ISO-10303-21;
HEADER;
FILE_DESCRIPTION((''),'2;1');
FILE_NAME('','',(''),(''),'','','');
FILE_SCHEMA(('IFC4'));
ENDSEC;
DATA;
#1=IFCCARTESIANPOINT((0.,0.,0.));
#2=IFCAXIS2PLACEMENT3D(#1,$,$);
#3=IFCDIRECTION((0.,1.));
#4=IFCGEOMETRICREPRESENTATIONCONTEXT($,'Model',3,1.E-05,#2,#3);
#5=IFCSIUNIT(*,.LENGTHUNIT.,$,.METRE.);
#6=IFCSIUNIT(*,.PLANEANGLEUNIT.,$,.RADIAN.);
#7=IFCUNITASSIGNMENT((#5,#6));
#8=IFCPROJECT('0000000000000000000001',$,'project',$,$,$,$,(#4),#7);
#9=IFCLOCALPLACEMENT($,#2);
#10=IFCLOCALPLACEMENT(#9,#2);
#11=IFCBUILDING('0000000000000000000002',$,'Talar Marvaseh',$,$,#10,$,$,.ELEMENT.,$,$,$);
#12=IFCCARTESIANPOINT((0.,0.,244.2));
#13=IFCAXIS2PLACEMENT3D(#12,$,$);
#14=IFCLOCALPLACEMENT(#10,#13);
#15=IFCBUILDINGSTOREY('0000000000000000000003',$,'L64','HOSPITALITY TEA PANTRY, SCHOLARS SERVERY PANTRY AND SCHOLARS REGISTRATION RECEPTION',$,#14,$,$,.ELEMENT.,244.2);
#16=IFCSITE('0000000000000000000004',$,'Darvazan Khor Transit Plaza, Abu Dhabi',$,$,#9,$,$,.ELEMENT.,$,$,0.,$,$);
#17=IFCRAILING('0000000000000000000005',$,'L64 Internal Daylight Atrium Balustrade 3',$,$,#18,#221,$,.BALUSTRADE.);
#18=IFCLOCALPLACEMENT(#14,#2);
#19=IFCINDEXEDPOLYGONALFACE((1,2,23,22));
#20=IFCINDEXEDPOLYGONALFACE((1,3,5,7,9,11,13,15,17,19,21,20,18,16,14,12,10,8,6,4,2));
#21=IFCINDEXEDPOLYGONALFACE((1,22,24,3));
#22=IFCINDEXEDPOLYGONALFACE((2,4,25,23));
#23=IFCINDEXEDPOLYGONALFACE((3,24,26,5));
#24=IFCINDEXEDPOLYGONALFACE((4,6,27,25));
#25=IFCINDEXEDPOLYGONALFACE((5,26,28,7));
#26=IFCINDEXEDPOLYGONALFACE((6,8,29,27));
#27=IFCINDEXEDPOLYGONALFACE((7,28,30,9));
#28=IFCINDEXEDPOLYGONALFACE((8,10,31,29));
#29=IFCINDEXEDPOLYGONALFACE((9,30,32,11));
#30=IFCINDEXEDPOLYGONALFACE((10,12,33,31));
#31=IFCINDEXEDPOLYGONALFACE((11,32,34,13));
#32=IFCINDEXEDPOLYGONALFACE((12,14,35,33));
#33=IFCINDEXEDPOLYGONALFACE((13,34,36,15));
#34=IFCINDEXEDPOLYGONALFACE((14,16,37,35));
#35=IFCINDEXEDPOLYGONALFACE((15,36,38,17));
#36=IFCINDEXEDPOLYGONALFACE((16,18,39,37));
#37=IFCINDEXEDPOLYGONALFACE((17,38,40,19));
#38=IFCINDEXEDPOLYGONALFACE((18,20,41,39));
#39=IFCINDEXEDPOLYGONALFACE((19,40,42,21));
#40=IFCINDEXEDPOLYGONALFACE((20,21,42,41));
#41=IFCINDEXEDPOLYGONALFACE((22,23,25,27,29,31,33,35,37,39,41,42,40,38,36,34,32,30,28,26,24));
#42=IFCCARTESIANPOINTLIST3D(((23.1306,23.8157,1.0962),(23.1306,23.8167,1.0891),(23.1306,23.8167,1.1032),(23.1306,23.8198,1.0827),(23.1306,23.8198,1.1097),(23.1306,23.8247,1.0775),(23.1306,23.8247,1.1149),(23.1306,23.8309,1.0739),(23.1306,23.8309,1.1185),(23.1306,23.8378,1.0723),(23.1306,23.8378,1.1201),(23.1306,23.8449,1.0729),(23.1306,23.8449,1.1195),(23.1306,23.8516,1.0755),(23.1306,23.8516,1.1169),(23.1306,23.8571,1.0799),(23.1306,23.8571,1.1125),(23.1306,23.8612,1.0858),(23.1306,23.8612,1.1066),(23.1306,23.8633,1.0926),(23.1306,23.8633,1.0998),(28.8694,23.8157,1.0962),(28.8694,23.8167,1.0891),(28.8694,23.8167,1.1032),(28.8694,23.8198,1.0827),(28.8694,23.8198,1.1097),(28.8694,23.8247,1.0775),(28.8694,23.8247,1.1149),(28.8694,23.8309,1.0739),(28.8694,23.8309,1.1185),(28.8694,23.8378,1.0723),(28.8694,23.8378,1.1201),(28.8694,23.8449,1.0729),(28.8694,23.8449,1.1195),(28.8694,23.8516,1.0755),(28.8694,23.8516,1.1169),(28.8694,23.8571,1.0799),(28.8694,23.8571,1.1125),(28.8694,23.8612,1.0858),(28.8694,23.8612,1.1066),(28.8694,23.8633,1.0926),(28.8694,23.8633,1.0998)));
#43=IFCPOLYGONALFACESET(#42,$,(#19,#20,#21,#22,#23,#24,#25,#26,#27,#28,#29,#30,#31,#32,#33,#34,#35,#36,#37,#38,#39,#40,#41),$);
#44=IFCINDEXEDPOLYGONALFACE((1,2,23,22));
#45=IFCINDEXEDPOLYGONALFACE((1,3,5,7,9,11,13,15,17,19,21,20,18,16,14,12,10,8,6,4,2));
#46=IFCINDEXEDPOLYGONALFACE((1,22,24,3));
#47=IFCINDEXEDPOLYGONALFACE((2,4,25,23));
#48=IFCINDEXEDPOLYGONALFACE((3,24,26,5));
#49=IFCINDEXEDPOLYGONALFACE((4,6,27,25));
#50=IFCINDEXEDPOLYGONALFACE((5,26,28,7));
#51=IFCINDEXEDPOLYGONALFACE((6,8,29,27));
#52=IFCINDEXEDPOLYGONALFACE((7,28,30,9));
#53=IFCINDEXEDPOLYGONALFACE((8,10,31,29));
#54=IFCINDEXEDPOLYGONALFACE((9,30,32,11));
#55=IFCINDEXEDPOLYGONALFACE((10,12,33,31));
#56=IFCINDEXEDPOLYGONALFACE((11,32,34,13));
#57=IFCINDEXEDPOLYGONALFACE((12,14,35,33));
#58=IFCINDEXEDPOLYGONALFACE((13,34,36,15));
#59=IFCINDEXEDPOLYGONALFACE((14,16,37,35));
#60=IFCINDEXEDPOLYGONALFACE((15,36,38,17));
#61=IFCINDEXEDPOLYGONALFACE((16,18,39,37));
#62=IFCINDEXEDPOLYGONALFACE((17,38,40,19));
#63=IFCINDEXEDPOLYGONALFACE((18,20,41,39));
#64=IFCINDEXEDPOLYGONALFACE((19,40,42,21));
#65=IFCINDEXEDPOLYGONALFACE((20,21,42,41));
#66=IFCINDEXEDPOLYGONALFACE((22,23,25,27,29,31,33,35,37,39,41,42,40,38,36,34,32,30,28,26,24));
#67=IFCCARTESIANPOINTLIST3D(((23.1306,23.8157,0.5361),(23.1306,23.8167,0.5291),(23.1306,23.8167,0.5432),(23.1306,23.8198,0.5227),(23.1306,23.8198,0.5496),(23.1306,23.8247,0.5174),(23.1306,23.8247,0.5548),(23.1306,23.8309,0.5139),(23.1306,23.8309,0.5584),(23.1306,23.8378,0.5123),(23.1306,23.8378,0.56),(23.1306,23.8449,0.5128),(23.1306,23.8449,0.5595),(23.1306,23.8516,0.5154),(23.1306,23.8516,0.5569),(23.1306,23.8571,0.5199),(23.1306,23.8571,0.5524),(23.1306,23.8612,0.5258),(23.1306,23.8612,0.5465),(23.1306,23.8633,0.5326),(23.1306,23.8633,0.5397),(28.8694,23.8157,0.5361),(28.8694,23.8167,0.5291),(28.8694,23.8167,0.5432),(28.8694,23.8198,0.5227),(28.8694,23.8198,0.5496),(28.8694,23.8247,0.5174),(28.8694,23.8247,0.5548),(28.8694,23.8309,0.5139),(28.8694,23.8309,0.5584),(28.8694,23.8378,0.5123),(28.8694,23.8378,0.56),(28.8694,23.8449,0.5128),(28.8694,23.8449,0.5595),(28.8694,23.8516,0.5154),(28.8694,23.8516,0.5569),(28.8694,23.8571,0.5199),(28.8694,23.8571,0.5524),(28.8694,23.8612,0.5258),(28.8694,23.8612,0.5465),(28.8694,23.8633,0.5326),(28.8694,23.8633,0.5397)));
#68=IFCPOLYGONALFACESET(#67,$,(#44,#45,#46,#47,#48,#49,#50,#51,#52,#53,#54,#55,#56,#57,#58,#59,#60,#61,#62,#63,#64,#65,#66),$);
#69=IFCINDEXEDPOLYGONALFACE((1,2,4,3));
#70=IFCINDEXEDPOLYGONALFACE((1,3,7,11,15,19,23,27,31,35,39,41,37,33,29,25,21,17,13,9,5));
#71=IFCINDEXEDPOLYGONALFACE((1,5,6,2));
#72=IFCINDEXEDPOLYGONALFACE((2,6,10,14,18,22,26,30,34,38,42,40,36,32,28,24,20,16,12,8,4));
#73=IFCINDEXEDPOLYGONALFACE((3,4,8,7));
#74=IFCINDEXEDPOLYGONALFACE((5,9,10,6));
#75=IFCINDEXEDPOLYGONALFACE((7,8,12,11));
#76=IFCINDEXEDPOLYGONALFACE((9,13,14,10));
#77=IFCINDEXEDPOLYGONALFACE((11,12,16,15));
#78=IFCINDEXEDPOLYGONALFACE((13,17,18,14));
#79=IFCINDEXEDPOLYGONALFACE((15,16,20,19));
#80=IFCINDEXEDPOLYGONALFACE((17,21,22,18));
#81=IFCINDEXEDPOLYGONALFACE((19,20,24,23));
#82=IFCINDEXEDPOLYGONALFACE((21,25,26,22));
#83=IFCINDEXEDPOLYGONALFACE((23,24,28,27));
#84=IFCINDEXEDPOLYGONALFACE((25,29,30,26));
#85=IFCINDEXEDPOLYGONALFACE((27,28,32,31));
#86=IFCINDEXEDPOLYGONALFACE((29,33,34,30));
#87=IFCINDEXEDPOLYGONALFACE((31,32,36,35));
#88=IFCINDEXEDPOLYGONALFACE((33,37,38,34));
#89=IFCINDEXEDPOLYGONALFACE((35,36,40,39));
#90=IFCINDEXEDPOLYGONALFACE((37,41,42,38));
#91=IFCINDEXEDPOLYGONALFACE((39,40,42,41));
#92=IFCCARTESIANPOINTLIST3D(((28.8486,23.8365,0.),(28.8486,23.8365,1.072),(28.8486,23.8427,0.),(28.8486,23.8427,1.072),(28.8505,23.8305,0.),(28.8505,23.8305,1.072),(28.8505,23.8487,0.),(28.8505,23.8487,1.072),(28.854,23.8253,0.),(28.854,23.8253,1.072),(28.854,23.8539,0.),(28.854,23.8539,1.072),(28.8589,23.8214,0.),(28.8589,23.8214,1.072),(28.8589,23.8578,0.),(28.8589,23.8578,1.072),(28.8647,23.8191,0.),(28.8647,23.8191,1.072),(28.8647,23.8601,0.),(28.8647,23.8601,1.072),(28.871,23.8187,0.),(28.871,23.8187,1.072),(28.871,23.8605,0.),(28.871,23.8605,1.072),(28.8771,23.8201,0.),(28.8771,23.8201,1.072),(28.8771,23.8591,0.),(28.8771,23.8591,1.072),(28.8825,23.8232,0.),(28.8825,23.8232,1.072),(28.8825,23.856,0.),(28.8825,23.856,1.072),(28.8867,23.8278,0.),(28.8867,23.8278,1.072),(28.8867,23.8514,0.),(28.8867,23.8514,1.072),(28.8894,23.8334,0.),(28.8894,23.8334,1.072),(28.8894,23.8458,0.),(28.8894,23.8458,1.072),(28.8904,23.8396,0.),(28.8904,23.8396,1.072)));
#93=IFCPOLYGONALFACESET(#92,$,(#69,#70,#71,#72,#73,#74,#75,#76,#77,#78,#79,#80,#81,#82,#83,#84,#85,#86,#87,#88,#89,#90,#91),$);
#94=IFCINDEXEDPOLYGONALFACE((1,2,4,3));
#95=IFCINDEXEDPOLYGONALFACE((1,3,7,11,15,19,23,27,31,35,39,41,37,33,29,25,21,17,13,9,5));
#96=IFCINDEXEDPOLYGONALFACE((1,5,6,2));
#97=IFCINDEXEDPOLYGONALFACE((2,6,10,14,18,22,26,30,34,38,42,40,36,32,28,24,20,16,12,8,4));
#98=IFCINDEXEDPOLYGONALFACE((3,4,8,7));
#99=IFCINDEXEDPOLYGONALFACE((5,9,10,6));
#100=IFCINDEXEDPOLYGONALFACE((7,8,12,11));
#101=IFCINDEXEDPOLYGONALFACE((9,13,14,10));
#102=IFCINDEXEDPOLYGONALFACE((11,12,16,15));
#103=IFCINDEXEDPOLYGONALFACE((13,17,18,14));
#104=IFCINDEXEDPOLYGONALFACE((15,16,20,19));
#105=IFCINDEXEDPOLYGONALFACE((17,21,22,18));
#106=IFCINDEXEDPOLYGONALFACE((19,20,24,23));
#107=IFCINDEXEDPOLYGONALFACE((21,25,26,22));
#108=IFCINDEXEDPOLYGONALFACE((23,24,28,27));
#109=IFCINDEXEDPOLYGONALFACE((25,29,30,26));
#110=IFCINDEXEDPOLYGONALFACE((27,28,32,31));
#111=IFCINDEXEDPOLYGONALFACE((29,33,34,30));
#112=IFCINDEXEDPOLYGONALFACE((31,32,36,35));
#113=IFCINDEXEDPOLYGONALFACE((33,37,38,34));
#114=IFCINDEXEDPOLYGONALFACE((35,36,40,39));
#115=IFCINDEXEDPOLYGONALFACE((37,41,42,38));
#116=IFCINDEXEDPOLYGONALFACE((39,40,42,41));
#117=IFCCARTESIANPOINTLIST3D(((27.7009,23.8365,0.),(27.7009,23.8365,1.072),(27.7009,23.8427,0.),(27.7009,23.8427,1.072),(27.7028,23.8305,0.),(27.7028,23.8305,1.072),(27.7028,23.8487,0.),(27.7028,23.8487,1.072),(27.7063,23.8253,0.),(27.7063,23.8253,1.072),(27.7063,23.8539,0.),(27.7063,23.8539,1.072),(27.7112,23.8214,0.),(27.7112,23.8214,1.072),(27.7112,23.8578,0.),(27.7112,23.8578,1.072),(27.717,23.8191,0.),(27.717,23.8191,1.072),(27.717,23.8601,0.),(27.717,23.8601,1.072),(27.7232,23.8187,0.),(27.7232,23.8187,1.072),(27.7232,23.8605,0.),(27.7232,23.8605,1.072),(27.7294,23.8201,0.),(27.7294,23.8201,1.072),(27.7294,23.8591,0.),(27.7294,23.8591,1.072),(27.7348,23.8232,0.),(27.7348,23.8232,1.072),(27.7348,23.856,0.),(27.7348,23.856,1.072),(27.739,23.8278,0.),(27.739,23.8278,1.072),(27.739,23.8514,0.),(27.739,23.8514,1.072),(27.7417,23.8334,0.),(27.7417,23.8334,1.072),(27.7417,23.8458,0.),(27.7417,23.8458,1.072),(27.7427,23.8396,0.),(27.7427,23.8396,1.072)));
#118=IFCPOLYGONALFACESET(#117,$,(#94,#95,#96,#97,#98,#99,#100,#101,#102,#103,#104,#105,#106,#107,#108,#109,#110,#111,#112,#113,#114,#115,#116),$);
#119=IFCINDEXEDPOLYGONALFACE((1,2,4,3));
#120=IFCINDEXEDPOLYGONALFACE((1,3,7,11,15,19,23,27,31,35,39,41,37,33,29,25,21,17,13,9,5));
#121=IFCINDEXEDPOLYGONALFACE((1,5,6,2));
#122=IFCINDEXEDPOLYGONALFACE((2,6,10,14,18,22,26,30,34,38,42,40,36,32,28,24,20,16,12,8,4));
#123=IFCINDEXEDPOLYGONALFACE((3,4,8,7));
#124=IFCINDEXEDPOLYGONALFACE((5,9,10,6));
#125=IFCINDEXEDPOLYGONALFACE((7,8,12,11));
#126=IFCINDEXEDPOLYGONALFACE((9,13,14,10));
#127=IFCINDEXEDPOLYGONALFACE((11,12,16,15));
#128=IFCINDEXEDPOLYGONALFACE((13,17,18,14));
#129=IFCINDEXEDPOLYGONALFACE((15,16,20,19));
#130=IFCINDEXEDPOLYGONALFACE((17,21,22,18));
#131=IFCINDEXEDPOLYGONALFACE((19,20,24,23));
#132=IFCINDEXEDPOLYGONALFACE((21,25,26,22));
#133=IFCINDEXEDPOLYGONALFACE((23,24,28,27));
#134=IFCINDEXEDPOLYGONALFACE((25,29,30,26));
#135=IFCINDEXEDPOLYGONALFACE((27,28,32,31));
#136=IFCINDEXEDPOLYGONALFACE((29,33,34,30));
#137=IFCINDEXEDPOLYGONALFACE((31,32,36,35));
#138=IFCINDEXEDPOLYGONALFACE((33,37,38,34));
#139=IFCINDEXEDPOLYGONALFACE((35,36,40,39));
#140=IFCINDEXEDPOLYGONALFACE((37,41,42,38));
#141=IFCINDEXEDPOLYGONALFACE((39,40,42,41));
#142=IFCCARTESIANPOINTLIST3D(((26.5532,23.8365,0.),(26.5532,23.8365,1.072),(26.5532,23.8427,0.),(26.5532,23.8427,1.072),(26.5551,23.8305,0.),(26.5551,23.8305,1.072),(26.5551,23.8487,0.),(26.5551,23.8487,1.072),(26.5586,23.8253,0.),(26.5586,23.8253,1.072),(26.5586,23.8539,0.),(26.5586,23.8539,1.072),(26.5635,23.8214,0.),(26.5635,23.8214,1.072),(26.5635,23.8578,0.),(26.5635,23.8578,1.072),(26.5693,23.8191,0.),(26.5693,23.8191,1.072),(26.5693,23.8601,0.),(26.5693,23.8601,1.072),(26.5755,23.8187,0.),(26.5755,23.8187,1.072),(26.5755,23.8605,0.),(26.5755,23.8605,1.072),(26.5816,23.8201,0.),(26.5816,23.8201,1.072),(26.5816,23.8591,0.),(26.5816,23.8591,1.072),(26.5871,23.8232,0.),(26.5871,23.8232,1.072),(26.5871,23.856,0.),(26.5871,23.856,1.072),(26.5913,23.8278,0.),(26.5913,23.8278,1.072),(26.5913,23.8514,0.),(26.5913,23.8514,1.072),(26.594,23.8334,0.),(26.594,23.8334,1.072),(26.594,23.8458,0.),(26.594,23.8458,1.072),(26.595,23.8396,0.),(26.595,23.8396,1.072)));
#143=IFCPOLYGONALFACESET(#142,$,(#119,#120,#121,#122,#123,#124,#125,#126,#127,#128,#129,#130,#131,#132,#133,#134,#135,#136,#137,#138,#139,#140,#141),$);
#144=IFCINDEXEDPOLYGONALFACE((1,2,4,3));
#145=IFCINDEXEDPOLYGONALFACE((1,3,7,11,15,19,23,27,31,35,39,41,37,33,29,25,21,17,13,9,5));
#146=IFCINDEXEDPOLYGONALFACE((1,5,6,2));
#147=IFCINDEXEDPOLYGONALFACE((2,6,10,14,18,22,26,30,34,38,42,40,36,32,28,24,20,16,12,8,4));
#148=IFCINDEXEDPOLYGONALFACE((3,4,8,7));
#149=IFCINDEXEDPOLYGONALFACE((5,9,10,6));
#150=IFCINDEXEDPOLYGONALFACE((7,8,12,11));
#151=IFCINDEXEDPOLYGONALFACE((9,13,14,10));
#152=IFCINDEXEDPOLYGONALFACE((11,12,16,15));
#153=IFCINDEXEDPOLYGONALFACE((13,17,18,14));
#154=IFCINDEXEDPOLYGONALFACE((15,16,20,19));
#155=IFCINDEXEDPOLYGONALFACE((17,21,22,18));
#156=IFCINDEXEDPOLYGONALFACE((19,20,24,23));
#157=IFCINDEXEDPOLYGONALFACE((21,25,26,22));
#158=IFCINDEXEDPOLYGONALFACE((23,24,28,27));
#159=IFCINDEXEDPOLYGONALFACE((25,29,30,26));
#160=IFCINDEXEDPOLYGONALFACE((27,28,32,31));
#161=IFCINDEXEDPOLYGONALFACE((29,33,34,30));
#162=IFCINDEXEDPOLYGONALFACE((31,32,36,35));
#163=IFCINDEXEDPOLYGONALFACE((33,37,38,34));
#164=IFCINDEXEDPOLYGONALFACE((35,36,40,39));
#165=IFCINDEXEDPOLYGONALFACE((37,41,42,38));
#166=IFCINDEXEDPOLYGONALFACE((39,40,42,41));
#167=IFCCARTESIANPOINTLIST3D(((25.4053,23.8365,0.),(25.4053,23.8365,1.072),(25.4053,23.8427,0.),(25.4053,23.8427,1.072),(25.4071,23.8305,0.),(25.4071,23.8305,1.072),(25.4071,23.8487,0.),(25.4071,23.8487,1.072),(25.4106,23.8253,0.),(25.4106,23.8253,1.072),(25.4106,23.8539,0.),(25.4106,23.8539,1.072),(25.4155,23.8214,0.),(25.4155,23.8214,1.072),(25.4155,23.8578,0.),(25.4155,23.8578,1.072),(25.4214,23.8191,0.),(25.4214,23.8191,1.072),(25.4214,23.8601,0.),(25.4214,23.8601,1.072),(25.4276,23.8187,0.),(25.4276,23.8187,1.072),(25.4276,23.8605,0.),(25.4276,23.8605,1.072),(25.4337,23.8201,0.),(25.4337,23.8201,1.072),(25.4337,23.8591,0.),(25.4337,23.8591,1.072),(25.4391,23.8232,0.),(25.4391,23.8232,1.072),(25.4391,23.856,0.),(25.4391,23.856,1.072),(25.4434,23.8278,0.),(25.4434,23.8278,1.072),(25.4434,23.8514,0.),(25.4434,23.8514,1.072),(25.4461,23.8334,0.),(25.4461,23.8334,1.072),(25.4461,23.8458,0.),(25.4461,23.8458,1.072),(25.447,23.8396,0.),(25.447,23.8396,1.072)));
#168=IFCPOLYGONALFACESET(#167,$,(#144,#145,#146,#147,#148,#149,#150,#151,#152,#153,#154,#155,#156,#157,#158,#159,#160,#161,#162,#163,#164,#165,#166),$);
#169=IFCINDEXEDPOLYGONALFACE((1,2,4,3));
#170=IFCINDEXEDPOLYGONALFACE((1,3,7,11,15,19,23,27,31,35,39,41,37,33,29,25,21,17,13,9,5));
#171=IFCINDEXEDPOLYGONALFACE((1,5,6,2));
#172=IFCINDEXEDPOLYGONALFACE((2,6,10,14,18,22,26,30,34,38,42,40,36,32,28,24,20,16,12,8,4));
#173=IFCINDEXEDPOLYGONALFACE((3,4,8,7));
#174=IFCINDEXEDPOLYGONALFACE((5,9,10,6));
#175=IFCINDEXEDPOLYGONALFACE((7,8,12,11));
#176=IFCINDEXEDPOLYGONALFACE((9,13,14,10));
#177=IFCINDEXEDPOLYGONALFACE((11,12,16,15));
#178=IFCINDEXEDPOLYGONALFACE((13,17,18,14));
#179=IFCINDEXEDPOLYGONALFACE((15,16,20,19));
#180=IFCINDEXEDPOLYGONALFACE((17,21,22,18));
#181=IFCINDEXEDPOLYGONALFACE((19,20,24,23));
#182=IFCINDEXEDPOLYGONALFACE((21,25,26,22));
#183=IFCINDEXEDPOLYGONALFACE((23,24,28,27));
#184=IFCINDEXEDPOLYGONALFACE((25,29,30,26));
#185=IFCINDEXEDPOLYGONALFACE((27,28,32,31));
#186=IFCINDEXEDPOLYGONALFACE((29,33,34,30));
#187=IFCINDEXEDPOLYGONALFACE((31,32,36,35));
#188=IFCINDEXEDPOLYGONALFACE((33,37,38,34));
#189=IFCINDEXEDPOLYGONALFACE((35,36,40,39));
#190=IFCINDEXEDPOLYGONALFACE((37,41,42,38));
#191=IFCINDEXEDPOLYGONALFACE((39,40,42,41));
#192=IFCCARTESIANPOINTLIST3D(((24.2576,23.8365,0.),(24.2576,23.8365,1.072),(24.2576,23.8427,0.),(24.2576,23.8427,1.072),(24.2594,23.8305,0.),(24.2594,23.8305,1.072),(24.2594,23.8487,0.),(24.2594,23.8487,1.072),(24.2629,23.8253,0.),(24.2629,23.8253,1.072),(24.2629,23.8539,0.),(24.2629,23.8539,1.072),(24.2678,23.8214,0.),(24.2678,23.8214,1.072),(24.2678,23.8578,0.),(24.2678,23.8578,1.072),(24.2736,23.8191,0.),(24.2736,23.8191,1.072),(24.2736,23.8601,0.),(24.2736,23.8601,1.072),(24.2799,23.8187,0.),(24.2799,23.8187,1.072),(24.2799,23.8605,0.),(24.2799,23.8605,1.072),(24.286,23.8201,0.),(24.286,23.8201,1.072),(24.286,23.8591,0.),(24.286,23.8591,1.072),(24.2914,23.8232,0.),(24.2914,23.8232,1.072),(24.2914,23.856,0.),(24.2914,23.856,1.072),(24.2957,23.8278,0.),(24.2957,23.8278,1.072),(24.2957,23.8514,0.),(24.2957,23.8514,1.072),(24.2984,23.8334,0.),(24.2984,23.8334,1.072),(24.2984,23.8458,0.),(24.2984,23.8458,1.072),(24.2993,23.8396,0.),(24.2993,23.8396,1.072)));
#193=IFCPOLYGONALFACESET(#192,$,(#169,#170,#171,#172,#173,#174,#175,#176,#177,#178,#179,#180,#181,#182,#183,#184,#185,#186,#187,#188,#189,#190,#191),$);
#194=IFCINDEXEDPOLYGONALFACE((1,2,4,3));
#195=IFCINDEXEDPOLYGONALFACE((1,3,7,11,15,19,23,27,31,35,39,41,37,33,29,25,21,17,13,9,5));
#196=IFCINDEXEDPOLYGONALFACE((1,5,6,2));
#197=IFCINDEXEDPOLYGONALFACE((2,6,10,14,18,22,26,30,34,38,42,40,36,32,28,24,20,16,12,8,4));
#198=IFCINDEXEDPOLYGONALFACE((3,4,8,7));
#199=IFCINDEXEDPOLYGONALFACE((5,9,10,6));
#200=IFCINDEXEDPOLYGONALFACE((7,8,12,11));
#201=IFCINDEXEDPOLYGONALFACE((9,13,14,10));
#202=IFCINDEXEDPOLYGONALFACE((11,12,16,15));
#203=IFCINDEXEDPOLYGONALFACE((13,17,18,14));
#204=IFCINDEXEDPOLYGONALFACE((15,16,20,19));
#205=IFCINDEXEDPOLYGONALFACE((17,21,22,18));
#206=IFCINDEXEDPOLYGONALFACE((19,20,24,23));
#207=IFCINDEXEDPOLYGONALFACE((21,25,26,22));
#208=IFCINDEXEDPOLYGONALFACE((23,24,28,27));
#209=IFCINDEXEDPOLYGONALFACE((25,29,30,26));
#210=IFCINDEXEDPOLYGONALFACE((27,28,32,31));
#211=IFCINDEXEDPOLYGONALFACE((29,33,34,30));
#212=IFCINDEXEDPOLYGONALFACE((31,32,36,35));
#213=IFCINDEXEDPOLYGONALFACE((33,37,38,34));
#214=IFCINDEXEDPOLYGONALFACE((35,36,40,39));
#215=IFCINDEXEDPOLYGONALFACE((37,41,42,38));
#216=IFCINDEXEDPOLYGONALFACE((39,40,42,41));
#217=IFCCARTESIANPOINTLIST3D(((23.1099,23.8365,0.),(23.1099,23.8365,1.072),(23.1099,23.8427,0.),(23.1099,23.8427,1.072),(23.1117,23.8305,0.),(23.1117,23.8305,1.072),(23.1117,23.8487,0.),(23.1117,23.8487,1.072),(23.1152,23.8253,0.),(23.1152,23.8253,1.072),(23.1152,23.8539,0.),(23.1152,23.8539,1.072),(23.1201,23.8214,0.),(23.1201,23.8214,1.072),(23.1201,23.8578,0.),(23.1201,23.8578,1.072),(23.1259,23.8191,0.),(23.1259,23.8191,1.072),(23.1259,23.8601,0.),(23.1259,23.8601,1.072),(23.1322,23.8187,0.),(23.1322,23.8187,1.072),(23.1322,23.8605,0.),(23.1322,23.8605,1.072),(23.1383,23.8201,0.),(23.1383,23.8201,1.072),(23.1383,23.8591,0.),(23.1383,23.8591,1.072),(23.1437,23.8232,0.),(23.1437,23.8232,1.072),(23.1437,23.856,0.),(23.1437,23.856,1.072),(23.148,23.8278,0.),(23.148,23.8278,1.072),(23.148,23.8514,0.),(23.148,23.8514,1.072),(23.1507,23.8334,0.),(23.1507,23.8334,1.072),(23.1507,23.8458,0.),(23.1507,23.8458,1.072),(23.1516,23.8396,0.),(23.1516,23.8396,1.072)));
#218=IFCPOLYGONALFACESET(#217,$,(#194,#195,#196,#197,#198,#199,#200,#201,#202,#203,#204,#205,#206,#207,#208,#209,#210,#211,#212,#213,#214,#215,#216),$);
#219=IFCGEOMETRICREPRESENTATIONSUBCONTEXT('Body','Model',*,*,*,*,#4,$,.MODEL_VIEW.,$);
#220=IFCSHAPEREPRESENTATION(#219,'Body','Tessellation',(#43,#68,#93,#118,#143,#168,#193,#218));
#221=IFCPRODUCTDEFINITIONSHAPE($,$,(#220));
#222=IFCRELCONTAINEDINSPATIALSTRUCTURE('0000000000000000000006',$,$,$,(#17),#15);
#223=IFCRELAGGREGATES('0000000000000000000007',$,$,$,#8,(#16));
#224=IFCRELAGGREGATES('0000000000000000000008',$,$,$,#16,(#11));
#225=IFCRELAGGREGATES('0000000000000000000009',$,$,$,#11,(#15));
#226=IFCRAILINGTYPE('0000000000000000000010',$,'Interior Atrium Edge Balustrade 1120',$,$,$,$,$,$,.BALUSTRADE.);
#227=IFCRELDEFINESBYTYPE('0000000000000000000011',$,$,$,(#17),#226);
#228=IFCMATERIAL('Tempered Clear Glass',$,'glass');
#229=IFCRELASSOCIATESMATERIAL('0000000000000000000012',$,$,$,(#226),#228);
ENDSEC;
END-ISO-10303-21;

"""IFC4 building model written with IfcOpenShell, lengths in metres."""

from ifc_helpers import new_model, si_unit, direction, frame, origin, origin_2d, place, context, subcontext, project, spatial, circle, extrude, material, type_object, element, save


model = new_model("IFC4")

# Units and contexts
model_context = context("Model", 3, precision=1e-05, world=origin(), true_north=direction((0.0, 1.0)))
body_context = subcontext(model_context, "Body", "Model", "MODEL_VIEW")
ifc_project = project(units=[si_unit("LENGTHUNIT", "METRE"), si_unit("PLANEANGLEUNIT", "RADIAN")], contexts=[model_context])

# Site, building, storey
site_placement = place(None, origin())
site = spatial("IfcSite", under=ifc_project, at=site_placement, Name="Darvazan Khor Transit Plaza, Abu Dhabi", CompositionType="ELEMENT", RefElevation=0.0)
building_placement = place(site_placement, origin())
building = spatial("IfcBuilding", under=site, at=building_placement, Name="Talar Marvaseh", CompositionType="ELEMENT")
storey_placement = place(building_placement, frame((0.0, 0.0, 244.2)))
storey = spatial("IfcBuildingStorey", under=building, at=storey_placement, Name="L64", Description="HOSPITALITY TEA PANTRY, SCHOLARS SERVERY PANTRY AND SCHOLARS REGISTRATION RECEPTION", CompositionType="ELEMENT", Elevation=244.2)

# Railing
ifc_material_1 = material(Name="Tempered Clear Glass", Category="glass")
railing_type = type_object("IfcRailingType", Name="Interior Atrium Edge Balustrade 1120", PredefinedType="BALUSTRADE", material=ifc_material_1)
railing_1_placement = place(storey_placement, frame((28.8694, 23.8396, 0.0)))
element("IfcRailing", 1, at=railing_1_placement, inside=storey, type_object=railing_type, Name="L64 Internal Daylight Atrium Balustrade 3", PredefinedType="BALUSTRADE", context=body_context, shape_type="SweptSolid", body=[
    extrude(circle(Radius=0.0239, at=origin_2d()), frame((0.0, 0.0, 1.0962), z_axis=(-1.0, 0.0, 0.0), x_axis=(0.0, -1.0, 0.0)), (0.0, 0.0, 1.0), 5.7388),
    extrude(circle(Radius=0.0239, at=origin_2d()), frame((0.0, 0.0, 0.5361), z_axis=(-1.0, 0.0, 0.0), x_axis=(0.0, -1.0, 0.0)), (0.0, 0.0, 1.0), 5.7388),
    extrude(circle(Radius=0.021, at=origin_2d()), origin(), (0.0, 0.0, 1.0), 1.072),
    extrude(circle(Radius=0.021, at=origin_2d()), frame((-1.1477, 0.0, 0.0)), (0.0, 0.0, 1.0), 1.072),
    extrude(circle(Radius=0.021, at=origin_2d()), frame((-2.2954, 0.0, 0.0)), (0.0, 0.0, 1.0), 1.072),
    extrude(circle(Radius=0.021, at=origin_2d()), frame((-3.4434, 0.0, 0.0)), (0.0, 0.0, 1.0), 1.072),
    extrude(circle(Radius=0.021, at=origin_2d()), frame((-4.5911, 0.0, 0.0)), (0.0, 0.0, 1.0), 1.072),
    extrude(circle(Radius=0.021, at=origin_2d()), frame((-5.7388, 0.0, 0.0)), (0.0, 0.0, 1.0), 1.072),
])

save(model, "model.ifc")
